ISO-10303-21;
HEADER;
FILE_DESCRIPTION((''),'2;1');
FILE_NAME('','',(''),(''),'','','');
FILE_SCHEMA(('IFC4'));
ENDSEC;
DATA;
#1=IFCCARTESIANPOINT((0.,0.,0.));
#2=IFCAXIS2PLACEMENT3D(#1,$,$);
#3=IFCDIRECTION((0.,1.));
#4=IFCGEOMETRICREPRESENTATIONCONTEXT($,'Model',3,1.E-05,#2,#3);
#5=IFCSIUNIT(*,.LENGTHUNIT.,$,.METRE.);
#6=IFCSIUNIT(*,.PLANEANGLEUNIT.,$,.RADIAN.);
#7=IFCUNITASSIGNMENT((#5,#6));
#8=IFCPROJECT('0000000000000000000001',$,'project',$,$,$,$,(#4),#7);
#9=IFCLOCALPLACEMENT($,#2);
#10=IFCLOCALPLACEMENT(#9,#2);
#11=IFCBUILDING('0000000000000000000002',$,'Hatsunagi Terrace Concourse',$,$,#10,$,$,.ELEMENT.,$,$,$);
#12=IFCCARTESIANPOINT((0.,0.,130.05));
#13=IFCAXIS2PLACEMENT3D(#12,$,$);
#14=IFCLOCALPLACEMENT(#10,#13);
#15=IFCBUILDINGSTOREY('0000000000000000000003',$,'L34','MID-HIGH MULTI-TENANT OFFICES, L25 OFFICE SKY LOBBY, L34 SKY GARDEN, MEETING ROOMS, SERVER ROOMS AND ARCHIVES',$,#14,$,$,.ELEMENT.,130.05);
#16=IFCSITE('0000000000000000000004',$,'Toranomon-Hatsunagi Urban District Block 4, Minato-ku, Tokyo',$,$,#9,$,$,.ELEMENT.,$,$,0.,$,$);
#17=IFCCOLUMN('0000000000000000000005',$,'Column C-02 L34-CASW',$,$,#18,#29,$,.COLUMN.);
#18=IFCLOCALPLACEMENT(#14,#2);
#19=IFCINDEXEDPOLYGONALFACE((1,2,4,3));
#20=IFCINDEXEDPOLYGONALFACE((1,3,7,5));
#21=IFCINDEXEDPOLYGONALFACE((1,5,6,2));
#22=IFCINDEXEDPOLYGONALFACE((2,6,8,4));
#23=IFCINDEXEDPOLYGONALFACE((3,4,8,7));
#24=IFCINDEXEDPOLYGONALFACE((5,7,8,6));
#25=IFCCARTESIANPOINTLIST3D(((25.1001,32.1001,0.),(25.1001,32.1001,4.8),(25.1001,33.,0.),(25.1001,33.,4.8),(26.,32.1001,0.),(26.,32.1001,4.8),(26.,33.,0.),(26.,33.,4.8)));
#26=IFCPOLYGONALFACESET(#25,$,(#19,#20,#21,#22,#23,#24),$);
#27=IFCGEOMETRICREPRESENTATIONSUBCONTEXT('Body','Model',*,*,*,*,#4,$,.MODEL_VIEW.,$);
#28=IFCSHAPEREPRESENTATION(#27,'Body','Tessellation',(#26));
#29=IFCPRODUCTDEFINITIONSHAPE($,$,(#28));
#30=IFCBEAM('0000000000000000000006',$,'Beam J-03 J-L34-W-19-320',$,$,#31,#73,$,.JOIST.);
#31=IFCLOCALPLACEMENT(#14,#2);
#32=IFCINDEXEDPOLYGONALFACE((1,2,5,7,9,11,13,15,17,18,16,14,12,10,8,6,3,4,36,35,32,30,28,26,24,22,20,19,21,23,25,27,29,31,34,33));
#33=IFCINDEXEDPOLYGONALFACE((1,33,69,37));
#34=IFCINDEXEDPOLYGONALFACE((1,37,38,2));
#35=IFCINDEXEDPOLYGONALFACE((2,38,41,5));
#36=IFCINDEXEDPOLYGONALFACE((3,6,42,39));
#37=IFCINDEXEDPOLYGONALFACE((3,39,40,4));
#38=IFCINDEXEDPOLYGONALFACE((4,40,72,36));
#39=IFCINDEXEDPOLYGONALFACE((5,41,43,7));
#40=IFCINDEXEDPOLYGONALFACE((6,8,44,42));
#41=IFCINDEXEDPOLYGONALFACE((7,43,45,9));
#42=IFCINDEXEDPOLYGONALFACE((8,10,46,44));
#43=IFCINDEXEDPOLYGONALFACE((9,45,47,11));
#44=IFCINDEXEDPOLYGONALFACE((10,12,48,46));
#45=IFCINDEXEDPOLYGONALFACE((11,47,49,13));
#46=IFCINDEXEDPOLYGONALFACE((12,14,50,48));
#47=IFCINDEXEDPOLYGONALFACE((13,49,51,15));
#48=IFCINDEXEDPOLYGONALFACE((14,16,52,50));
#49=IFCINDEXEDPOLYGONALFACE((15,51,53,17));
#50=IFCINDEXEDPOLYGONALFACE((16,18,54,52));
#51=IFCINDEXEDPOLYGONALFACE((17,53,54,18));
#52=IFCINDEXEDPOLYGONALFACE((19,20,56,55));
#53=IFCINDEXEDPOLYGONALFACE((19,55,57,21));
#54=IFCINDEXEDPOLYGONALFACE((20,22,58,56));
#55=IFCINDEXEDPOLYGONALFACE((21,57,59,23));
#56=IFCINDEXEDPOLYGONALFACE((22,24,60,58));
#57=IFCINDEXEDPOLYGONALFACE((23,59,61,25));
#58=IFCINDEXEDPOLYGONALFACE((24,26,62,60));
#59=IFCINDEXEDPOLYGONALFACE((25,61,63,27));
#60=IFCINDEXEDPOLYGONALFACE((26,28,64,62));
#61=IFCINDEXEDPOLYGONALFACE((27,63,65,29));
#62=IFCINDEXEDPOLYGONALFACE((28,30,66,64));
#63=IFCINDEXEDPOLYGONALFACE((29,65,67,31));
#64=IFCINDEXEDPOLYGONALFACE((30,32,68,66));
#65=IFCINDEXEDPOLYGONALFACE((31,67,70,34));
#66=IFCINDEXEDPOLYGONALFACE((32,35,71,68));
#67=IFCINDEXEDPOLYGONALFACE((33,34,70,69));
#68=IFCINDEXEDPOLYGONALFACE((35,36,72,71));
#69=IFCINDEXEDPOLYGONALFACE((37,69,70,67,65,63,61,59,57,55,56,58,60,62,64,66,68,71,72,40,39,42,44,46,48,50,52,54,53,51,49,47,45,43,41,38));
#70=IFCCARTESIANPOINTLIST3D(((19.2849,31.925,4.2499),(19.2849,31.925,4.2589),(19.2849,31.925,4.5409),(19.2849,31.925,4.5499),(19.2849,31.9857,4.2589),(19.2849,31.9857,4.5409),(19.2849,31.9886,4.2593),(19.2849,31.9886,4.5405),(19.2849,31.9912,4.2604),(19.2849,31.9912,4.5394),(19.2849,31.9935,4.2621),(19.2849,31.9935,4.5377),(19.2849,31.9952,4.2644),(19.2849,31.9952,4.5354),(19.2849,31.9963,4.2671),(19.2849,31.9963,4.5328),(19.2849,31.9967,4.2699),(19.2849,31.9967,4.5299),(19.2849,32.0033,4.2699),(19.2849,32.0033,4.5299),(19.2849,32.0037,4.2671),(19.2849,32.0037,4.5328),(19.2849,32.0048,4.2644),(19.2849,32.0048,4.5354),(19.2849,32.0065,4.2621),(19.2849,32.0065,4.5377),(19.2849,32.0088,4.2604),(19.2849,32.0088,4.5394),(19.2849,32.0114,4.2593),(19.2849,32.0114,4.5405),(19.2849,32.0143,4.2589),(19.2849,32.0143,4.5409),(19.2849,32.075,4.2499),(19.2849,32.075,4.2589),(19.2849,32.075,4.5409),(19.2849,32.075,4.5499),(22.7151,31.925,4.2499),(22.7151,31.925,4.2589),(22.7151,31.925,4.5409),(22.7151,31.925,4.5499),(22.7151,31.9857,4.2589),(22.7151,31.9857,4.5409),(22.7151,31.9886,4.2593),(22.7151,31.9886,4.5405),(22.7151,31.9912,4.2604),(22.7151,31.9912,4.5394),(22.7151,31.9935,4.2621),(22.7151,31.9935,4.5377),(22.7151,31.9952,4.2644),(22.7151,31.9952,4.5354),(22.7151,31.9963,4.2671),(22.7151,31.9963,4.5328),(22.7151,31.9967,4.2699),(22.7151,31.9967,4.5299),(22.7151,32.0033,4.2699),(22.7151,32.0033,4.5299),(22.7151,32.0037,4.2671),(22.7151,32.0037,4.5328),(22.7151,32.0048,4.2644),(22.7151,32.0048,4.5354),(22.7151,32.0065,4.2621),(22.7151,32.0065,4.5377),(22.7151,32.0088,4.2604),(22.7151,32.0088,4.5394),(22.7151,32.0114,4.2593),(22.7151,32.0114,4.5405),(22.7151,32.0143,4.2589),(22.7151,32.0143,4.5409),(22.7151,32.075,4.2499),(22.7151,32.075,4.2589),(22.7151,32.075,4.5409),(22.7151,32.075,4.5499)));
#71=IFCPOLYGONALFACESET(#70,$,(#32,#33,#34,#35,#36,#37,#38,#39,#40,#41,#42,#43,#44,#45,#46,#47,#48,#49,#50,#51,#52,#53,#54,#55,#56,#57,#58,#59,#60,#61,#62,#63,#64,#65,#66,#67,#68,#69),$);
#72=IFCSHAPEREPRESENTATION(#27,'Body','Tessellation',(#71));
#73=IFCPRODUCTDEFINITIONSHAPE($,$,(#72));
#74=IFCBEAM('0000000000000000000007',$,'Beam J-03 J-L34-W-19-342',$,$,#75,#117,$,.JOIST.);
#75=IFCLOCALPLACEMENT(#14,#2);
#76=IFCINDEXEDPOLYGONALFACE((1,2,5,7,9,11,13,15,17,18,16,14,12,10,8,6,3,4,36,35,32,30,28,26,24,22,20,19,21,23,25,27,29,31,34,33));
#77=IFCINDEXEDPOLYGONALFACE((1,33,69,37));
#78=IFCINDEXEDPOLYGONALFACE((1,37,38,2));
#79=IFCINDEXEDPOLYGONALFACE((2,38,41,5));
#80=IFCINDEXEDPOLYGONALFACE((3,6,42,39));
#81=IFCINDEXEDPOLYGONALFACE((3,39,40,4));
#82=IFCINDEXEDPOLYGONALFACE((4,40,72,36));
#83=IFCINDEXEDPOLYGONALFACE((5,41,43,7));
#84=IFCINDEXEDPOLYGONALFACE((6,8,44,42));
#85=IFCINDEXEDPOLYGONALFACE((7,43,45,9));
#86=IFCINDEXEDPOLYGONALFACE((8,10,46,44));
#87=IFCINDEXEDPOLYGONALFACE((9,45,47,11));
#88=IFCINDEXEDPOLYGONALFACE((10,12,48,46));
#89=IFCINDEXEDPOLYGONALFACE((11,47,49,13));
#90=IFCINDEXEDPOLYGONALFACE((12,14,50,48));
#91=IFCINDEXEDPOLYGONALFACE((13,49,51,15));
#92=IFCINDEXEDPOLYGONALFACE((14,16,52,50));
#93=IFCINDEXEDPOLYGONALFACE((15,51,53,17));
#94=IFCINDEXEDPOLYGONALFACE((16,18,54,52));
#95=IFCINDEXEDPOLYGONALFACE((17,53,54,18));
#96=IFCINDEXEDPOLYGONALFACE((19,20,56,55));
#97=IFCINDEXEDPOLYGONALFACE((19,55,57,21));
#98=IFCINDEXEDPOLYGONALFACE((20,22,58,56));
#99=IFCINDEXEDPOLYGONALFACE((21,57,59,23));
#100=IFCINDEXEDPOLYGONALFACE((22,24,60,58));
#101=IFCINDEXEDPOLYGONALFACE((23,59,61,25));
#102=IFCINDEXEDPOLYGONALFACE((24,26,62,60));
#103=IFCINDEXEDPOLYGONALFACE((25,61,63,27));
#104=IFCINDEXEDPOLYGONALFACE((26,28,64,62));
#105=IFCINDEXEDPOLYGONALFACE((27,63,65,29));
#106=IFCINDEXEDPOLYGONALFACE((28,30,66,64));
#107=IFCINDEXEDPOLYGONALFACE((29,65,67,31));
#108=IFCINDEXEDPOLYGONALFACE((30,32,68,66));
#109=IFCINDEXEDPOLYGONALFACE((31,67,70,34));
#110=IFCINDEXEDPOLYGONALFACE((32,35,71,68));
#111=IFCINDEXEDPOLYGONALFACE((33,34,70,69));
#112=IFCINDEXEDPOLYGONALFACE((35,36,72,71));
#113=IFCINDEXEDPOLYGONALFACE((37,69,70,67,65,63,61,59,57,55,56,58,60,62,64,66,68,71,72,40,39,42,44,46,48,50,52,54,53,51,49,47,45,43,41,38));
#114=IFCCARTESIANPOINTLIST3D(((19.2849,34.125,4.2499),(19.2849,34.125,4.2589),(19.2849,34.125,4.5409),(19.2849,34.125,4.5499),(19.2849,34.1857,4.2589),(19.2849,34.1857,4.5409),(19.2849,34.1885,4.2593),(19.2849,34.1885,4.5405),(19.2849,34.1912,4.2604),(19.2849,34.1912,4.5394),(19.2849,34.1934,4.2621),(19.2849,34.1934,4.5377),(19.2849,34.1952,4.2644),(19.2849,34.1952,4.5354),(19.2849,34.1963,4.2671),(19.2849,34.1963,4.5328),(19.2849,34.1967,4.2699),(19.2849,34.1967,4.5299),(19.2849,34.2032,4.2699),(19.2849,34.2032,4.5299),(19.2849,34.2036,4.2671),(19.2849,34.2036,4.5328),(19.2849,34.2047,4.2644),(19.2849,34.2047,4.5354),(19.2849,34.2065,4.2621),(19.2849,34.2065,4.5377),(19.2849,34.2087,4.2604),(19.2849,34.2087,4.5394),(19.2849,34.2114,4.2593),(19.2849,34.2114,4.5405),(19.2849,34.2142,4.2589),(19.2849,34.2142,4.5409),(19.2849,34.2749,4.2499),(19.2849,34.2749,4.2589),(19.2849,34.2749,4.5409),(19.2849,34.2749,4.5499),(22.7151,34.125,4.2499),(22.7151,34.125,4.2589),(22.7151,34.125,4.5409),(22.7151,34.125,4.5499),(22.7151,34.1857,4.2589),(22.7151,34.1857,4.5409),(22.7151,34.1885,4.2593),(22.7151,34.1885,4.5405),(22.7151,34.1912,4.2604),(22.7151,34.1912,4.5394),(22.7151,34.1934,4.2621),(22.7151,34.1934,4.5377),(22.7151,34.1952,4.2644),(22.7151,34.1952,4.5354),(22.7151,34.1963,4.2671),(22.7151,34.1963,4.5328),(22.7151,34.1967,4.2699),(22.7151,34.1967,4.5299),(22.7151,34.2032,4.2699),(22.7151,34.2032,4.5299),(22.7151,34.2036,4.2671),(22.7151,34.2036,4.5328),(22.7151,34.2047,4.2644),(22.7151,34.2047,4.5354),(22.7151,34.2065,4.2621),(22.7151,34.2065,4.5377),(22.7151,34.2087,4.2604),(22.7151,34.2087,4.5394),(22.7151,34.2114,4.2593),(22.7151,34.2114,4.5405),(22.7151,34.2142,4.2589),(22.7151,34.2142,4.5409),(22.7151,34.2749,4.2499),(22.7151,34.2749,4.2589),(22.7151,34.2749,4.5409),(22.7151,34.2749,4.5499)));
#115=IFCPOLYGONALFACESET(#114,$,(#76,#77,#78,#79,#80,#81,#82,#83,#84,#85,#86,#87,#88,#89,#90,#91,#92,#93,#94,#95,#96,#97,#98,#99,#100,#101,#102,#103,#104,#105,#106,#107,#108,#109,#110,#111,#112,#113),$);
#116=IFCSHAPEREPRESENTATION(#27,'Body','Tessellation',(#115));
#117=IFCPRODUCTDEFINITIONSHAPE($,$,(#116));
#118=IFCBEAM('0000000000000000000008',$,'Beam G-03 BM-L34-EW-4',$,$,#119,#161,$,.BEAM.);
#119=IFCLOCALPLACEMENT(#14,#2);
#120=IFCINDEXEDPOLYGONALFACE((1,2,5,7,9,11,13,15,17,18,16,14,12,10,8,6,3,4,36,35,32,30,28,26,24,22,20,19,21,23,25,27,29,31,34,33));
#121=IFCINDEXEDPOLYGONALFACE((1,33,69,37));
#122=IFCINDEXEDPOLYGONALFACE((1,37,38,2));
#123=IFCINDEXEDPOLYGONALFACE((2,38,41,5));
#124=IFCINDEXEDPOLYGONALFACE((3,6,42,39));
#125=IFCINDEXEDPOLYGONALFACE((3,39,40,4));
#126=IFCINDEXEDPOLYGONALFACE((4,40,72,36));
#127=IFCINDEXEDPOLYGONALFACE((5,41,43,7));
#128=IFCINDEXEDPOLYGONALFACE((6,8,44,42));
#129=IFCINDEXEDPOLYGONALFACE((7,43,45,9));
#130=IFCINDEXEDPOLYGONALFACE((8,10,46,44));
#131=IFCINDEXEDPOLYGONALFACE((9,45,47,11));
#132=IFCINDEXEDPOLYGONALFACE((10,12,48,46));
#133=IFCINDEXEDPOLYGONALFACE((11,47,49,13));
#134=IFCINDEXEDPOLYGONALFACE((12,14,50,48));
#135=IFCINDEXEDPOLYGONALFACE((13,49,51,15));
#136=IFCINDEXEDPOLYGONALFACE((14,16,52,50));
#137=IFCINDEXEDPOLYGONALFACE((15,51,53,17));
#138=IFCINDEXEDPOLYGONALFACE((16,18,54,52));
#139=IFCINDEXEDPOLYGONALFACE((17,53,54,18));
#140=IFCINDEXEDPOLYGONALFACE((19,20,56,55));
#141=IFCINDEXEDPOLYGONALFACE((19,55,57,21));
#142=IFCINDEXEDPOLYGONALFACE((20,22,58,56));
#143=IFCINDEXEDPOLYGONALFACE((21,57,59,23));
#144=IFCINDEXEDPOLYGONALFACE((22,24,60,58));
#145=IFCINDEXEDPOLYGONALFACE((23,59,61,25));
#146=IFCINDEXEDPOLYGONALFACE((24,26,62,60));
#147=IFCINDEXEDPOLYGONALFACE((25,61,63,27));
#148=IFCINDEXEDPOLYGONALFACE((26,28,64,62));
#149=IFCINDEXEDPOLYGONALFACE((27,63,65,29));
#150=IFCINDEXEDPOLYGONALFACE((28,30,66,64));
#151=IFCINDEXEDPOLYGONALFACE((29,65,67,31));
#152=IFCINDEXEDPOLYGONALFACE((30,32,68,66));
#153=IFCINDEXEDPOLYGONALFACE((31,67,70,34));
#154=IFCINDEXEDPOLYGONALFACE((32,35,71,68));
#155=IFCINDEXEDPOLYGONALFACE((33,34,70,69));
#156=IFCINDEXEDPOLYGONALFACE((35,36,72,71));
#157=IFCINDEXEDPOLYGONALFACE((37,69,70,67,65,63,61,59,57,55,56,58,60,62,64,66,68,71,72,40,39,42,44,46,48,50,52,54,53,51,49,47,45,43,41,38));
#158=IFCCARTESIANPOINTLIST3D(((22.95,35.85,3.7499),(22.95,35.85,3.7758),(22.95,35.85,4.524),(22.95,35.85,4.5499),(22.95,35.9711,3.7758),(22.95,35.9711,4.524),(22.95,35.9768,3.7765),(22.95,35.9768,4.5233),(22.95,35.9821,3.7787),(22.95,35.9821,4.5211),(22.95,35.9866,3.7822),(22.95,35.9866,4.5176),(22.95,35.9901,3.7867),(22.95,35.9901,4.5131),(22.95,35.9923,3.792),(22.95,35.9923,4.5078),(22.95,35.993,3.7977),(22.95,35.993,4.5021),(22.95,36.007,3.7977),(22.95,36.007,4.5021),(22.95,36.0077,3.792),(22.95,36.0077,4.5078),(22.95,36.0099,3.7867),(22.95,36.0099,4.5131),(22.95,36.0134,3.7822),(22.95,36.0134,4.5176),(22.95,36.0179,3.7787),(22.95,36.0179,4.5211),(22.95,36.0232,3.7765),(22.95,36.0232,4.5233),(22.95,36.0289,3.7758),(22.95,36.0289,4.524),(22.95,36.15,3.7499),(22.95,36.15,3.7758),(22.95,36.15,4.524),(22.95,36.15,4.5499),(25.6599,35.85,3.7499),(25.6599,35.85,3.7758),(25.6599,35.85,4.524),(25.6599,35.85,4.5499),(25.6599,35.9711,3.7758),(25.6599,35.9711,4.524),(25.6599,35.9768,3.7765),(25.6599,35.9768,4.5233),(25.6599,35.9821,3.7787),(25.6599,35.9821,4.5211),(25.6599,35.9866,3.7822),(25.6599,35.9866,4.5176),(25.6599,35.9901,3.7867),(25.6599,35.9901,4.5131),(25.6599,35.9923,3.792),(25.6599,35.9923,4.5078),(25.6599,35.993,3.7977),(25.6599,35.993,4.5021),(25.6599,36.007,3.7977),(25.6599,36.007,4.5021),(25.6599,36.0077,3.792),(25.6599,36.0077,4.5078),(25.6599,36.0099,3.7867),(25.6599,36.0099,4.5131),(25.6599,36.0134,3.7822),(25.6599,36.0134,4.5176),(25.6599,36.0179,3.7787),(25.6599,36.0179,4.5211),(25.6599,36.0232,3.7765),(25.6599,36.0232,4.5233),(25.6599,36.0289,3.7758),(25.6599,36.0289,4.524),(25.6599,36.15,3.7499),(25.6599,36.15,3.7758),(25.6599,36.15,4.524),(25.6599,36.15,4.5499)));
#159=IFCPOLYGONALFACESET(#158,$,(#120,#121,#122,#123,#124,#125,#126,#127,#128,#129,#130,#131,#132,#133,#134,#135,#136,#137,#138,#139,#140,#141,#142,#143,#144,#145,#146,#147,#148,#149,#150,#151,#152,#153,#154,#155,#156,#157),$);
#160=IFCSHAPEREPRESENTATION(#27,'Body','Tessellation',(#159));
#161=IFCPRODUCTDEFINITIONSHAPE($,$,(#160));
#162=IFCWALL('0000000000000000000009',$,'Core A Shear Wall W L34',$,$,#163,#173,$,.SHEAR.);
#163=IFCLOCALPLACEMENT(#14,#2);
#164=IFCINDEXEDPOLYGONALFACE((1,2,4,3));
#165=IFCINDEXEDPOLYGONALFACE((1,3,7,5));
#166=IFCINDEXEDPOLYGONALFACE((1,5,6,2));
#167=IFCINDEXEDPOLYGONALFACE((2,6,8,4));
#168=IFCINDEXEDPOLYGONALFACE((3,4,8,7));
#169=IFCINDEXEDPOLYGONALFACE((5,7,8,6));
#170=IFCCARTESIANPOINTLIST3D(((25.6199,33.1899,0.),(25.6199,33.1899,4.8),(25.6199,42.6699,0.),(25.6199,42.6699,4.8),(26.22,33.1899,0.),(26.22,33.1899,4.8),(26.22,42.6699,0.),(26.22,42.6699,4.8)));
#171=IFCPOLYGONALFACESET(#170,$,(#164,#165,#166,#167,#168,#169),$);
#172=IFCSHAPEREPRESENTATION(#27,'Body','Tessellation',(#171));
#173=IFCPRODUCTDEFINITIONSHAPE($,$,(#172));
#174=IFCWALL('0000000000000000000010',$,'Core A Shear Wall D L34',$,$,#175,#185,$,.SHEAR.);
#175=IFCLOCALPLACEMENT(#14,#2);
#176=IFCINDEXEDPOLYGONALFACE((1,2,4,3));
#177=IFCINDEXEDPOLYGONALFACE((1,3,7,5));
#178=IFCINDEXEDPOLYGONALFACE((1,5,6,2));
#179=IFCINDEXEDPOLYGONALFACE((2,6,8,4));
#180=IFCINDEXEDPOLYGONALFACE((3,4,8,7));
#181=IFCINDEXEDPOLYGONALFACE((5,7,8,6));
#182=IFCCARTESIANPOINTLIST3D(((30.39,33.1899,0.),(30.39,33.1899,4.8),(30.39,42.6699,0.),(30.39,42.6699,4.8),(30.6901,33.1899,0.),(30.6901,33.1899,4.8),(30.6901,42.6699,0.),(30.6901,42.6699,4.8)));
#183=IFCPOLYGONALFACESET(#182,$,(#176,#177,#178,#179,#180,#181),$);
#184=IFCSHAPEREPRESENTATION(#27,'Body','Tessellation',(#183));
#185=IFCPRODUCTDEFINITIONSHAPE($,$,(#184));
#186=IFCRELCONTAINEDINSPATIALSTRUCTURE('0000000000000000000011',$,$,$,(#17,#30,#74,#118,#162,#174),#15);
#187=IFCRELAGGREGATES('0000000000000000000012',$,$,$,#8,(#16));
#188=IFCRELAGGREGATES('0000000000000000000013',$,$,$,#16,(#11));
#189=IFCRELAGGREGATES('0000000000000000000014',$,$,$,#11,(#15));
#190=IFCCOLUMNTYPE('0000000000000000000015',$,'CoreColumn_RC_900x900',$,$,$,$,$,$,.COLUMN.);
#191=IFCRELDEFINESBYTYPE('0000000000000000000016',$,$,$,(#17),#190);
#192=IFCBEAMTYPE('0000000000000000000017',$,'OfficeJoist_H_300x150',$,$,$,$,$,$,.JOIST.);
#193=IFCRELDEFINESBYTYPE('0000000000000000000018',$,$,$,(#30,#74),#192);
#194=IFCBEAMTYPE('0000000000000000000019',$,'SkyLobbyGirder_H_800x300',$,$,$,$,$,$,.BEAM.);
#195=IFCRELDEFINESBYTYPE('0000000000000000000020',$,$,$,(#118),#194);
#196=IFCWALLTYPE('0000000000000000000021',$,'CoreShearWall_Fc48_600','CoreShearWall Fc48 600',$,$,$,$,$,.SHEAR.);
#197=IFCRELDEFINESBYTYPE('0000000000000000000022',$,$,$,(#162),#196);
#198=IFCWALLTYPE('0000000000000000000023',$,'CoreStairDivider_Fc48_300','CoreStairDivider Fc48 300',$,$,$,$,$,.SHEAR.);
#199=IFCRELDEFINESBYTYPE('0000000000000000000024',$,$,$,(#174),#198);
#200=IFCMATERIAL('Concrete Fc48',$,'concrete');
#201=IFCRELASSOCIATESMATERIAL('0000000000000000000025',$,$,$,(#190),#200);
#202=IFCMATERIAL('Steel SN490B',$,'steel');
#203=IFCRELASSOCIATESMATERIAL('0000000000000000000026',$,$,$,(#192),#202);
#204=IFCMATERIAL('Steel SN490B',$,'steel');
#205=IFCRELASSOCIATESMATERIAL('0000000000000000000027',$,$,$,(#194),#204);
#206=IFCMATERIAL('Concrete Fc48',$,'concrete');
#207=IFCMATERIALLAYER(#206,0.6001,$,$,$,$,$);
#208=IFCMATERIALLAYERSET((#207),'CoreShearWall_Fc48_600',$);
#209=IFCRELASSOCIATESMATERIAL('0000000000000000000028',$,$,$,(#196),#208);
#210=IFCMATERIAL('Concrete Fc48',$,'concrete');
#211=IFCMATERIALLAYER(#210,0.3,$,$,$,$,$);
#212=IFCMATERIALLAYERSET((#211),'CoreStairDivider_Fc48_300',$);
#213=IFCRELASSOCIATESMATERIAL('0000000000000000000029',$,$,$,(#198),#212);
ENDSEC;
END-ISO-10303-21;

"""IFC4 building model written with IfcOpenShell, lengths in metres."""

from ifc_helpers import new_model, si_unit, direction, frame, frame_2d, origin, origin_2d, place, context, subcontext, project, spatial, rectangle, i_section, extrude, material, layer, layer_set, material_profile, profile_set, type_object, element, save


model = new_model("IFC4")

# Units and contexts
model_context = context("Model", 3, precision=1e-05, world=origin(), true_north=direction((0.0, 1.0)))
body_context = subcontext(model_context, "Body", "Model", "MODEL_VIEW")
ifc_project = project(units=[si_unit("LENGTHUNIT", "METRE"), si_unit("PLANEANGLEUNIT", "RADIAN")], contexts=[model_context])

# Site, building, storey
site_placement = place(None, origin())
site = spatial("IfcSite", under=ifc_project, at=site_placement, Name="Toranomon-Hatsunagi Urban District Block 4, Minato-ku, Tokyo", CompositionType="ELEMENT", RefElevation=0.0)
building_placement = place(site_placement, origin())
building = spatial("IfcBuilding", under=site, at=building_placement, Name="Hatsunagi Terrace Concourse", CompositionType="ELEMENT")
storey_placement = place(building_placement, frame((0.0, 0.0, 130.05)))
storey = spatial("IfcBuildingStorey", under=building, at=storey_placement, Name="L34", Description="MID-HIGH MULTI-TENANT OFFICES, L25 OFFICE SKY LOBBY, L34 SKY GARDEN, MEETING ROOMS, SERVER ROOMS AND ARCHIVES", CompositionType="ELEMENT", Elevation=130.05)

# Column
ifc_material_1 = material(Name="Concrete Fc48", Category="concrete")
ifc_material_profile_1 = material_profile(ifc_material_1, rectangle(XDim=0.8999, YDim=0.8999, at=origin_2d()), Name="RC-900x900")
ifc_profile_set_1 = profile_set([ifc_material_profile_1], Name="Concrete Fc48")
column_type = type_object("IfcColumnType", Name="CoreColumn_RC_900x900", PredefinedType="COLUMN", material=ifc_profile_set_1)
column_placement = place(storey_placement, frame((25.55, 32.55, 0.0), z_axis=(0.0, 0.0, 1.0), x_axis=(1.0, 0.0, 0.0)))
element("IfcColumn", 1, at=column_placement, inside=storey, type_object=column_type, Name="Column C-02 L34-CASW", PredefinedType="COLUMN", context=body_context, shape_type="SweptSolid", body=[
    extrude(rectangle(XDim=0.8999, YDim=0.8999, at=origin_2d()), origin(), (0.0, 0.0, 1.0), 4.8),
])

# Beams
ifc_material_2 = material(Name="Steel SN490B", Category="steel")
ifc_material_profile_2 = material_profile(ifc_material_2, i_section(OverallWidth=0.1499, OverallDepth=0.3, WebThickness=0.0066, FlangeThickness=0.009, FilletRadius=0.011, at=origin_2d()), Name="H-300x150x6.5x9")
ifc_profile_set_2 = profile_set([ifc_material_profile_2], Name="Steel SN490B")
beam_type_1 = type_object("IfcBeamType", Name="OfficeJoist_H_300x150", PredefinedType="JOIST", material=ifc_profile_set_2)
for number, where, z_axis, x_axis, name in (
    (2, (19.2849, 32.0, 4.3999), (1.0, 0.0, 0.0), (0.0, 1.0, 0.0), "Beam J-03 J-L34-W-19-320"),
    (3, (19.2849, 34.2, 4.3999), (1.0, 0.0, 0.0), (0.0, 1.0, 0.0), "Beam J-03 J-L34-W-19-342"),
):
    element("IfcBeam", number, at=place(storey_placement, frame(where, z_axis=z_axis, x_axis=x_axis)), inside=storey, type_object=beam_type_1, Name=name, PredefinedType="JOIST", context=body_context, shape_type="SweptSolid", body=[
        extrude(i_section(OverallWidth=0.1499, OverallDepth=0.3, WebThickness=0.0066, FlangeThickness=0.009, FilletRadius=0.011, at=origin_2d()), origin(), (0.0, 0.0, 1.0), 3.4302),
    ])
ifc_material_3 = material(Name="Steel SN490B", Category="steel")
ifc_material_profile_3 = material_profile(ifc_material_3, i_section(OverallWidth=0.3, OverallDepth=0.8, WebThickness=0.0139, FlangeThickness=0.0259, FilletRadius=0.022, at=origin_2d()), Name="H-800x300x14x26")
ifc_profile_set_3 = profile_set([ifc_material_profile_3], Name="Steel SN490B")
beam_type_2 = type_object("IfcBeamType", Name="SkyLobbyGirder_H_800x300", PredefinedType="BEAM", material=ifc_profile_set_3)
beam_placement = place(storey_placement, frame((22.95, 36.0, 4.1499), z_axis=(1.0, 0.0, 0.0), x_axis=(0.0, 1.0, 0.0)))
element("IfcBeam", 4, at=beam_placement, inside=storey, type_object=beam_type_2, Name="Beam G-03 BM-L34-EW-4", PredefinedType="BEAM", context=body_context, shape_type="SweptSolid", body=[
    extrude(i_section(OverallWidth=0.3, OverallDepth=0.8, WebThickness=0.0139, FlangeThickness=0.0259, FilletRadius=0.022, at=origin_2d()), origin(), (0.0, 0.0, 1.0), 2.71),
])

# Shared definitions
ifc_material_4 = material(Name="Concrete Fc48", Category="concrete")
ifc_layer_1 = layer(ifc_material_4, 0.6001)
ifc_layer_set_1 = layer_set([ifc_layer_1], Name="CoreShearWall_Fc48_600")
wall_type_1 = type_object("IfcWallType", Name="CoreShearWall_Fc48_600", Description="CoreShearWall Fc48 600", PredefinedType="SHEAR", material=ifc_layer_set_1)

# Walls
wall_1_placement = place(storey_placement, frame((25.9199, 33.1899, 0.0), z_axis=(0.0, 0.0, 1.0), x_axis=(0.0, 1.0, 0.0)))
element("IfcWall", 5, at=wall_1_placement, inside=storey, type_object=wall_type_1, Name="Core A Shear Wall W L34", PredefinedType="SHEAR", context=body_context, shape_type="SweptSolid", body=[
    extrude(rectangle(XDim=9.48, YDim=0.6001, at=frame_2d((4.74, 0.0))), origin(), (0.0, 0.0, 1.0), 4.8),
])
ifc_material_5 = material(Name="Concrete Fc48", Category="concrete")
ifc_layer_2 = layer(ifc_material_5, 0.3)
ifc_layer_set_2 = layer_set([ifc_layer_2], Name="CoreStairDivider_Fc48_300")
wall_type_2 = type_object("IfcWallType", Name="CoreStairDivider_Fc48_300", Description="CoreStairDivider Fc48 300", PredefinedType="SHEAR", material=ifc_layer_set_2)
wall_2_placement = place(storey_placement, frame((30.54, 33.1899, 0.0), z_axis=(0.0, 0.0, 1.0), x_axis=(0.0, 1.0, 0.0)))
element("IfcWall", 6, at=wall_2_placement, inside=storey, type_object=wall_type_2, Name="Core A Shear Wall D L34", PredefinedType="SHEAR", context=body_context, shape_type="SweptSolid", body=[
    extrude(rectangle(XDim=9.48, YDim=0.3, at=frame_2d((4.74, 0.0))), origin(), (0.0, 0.0, 1.0), 4.8),
])

save(model, "model.ifc")
